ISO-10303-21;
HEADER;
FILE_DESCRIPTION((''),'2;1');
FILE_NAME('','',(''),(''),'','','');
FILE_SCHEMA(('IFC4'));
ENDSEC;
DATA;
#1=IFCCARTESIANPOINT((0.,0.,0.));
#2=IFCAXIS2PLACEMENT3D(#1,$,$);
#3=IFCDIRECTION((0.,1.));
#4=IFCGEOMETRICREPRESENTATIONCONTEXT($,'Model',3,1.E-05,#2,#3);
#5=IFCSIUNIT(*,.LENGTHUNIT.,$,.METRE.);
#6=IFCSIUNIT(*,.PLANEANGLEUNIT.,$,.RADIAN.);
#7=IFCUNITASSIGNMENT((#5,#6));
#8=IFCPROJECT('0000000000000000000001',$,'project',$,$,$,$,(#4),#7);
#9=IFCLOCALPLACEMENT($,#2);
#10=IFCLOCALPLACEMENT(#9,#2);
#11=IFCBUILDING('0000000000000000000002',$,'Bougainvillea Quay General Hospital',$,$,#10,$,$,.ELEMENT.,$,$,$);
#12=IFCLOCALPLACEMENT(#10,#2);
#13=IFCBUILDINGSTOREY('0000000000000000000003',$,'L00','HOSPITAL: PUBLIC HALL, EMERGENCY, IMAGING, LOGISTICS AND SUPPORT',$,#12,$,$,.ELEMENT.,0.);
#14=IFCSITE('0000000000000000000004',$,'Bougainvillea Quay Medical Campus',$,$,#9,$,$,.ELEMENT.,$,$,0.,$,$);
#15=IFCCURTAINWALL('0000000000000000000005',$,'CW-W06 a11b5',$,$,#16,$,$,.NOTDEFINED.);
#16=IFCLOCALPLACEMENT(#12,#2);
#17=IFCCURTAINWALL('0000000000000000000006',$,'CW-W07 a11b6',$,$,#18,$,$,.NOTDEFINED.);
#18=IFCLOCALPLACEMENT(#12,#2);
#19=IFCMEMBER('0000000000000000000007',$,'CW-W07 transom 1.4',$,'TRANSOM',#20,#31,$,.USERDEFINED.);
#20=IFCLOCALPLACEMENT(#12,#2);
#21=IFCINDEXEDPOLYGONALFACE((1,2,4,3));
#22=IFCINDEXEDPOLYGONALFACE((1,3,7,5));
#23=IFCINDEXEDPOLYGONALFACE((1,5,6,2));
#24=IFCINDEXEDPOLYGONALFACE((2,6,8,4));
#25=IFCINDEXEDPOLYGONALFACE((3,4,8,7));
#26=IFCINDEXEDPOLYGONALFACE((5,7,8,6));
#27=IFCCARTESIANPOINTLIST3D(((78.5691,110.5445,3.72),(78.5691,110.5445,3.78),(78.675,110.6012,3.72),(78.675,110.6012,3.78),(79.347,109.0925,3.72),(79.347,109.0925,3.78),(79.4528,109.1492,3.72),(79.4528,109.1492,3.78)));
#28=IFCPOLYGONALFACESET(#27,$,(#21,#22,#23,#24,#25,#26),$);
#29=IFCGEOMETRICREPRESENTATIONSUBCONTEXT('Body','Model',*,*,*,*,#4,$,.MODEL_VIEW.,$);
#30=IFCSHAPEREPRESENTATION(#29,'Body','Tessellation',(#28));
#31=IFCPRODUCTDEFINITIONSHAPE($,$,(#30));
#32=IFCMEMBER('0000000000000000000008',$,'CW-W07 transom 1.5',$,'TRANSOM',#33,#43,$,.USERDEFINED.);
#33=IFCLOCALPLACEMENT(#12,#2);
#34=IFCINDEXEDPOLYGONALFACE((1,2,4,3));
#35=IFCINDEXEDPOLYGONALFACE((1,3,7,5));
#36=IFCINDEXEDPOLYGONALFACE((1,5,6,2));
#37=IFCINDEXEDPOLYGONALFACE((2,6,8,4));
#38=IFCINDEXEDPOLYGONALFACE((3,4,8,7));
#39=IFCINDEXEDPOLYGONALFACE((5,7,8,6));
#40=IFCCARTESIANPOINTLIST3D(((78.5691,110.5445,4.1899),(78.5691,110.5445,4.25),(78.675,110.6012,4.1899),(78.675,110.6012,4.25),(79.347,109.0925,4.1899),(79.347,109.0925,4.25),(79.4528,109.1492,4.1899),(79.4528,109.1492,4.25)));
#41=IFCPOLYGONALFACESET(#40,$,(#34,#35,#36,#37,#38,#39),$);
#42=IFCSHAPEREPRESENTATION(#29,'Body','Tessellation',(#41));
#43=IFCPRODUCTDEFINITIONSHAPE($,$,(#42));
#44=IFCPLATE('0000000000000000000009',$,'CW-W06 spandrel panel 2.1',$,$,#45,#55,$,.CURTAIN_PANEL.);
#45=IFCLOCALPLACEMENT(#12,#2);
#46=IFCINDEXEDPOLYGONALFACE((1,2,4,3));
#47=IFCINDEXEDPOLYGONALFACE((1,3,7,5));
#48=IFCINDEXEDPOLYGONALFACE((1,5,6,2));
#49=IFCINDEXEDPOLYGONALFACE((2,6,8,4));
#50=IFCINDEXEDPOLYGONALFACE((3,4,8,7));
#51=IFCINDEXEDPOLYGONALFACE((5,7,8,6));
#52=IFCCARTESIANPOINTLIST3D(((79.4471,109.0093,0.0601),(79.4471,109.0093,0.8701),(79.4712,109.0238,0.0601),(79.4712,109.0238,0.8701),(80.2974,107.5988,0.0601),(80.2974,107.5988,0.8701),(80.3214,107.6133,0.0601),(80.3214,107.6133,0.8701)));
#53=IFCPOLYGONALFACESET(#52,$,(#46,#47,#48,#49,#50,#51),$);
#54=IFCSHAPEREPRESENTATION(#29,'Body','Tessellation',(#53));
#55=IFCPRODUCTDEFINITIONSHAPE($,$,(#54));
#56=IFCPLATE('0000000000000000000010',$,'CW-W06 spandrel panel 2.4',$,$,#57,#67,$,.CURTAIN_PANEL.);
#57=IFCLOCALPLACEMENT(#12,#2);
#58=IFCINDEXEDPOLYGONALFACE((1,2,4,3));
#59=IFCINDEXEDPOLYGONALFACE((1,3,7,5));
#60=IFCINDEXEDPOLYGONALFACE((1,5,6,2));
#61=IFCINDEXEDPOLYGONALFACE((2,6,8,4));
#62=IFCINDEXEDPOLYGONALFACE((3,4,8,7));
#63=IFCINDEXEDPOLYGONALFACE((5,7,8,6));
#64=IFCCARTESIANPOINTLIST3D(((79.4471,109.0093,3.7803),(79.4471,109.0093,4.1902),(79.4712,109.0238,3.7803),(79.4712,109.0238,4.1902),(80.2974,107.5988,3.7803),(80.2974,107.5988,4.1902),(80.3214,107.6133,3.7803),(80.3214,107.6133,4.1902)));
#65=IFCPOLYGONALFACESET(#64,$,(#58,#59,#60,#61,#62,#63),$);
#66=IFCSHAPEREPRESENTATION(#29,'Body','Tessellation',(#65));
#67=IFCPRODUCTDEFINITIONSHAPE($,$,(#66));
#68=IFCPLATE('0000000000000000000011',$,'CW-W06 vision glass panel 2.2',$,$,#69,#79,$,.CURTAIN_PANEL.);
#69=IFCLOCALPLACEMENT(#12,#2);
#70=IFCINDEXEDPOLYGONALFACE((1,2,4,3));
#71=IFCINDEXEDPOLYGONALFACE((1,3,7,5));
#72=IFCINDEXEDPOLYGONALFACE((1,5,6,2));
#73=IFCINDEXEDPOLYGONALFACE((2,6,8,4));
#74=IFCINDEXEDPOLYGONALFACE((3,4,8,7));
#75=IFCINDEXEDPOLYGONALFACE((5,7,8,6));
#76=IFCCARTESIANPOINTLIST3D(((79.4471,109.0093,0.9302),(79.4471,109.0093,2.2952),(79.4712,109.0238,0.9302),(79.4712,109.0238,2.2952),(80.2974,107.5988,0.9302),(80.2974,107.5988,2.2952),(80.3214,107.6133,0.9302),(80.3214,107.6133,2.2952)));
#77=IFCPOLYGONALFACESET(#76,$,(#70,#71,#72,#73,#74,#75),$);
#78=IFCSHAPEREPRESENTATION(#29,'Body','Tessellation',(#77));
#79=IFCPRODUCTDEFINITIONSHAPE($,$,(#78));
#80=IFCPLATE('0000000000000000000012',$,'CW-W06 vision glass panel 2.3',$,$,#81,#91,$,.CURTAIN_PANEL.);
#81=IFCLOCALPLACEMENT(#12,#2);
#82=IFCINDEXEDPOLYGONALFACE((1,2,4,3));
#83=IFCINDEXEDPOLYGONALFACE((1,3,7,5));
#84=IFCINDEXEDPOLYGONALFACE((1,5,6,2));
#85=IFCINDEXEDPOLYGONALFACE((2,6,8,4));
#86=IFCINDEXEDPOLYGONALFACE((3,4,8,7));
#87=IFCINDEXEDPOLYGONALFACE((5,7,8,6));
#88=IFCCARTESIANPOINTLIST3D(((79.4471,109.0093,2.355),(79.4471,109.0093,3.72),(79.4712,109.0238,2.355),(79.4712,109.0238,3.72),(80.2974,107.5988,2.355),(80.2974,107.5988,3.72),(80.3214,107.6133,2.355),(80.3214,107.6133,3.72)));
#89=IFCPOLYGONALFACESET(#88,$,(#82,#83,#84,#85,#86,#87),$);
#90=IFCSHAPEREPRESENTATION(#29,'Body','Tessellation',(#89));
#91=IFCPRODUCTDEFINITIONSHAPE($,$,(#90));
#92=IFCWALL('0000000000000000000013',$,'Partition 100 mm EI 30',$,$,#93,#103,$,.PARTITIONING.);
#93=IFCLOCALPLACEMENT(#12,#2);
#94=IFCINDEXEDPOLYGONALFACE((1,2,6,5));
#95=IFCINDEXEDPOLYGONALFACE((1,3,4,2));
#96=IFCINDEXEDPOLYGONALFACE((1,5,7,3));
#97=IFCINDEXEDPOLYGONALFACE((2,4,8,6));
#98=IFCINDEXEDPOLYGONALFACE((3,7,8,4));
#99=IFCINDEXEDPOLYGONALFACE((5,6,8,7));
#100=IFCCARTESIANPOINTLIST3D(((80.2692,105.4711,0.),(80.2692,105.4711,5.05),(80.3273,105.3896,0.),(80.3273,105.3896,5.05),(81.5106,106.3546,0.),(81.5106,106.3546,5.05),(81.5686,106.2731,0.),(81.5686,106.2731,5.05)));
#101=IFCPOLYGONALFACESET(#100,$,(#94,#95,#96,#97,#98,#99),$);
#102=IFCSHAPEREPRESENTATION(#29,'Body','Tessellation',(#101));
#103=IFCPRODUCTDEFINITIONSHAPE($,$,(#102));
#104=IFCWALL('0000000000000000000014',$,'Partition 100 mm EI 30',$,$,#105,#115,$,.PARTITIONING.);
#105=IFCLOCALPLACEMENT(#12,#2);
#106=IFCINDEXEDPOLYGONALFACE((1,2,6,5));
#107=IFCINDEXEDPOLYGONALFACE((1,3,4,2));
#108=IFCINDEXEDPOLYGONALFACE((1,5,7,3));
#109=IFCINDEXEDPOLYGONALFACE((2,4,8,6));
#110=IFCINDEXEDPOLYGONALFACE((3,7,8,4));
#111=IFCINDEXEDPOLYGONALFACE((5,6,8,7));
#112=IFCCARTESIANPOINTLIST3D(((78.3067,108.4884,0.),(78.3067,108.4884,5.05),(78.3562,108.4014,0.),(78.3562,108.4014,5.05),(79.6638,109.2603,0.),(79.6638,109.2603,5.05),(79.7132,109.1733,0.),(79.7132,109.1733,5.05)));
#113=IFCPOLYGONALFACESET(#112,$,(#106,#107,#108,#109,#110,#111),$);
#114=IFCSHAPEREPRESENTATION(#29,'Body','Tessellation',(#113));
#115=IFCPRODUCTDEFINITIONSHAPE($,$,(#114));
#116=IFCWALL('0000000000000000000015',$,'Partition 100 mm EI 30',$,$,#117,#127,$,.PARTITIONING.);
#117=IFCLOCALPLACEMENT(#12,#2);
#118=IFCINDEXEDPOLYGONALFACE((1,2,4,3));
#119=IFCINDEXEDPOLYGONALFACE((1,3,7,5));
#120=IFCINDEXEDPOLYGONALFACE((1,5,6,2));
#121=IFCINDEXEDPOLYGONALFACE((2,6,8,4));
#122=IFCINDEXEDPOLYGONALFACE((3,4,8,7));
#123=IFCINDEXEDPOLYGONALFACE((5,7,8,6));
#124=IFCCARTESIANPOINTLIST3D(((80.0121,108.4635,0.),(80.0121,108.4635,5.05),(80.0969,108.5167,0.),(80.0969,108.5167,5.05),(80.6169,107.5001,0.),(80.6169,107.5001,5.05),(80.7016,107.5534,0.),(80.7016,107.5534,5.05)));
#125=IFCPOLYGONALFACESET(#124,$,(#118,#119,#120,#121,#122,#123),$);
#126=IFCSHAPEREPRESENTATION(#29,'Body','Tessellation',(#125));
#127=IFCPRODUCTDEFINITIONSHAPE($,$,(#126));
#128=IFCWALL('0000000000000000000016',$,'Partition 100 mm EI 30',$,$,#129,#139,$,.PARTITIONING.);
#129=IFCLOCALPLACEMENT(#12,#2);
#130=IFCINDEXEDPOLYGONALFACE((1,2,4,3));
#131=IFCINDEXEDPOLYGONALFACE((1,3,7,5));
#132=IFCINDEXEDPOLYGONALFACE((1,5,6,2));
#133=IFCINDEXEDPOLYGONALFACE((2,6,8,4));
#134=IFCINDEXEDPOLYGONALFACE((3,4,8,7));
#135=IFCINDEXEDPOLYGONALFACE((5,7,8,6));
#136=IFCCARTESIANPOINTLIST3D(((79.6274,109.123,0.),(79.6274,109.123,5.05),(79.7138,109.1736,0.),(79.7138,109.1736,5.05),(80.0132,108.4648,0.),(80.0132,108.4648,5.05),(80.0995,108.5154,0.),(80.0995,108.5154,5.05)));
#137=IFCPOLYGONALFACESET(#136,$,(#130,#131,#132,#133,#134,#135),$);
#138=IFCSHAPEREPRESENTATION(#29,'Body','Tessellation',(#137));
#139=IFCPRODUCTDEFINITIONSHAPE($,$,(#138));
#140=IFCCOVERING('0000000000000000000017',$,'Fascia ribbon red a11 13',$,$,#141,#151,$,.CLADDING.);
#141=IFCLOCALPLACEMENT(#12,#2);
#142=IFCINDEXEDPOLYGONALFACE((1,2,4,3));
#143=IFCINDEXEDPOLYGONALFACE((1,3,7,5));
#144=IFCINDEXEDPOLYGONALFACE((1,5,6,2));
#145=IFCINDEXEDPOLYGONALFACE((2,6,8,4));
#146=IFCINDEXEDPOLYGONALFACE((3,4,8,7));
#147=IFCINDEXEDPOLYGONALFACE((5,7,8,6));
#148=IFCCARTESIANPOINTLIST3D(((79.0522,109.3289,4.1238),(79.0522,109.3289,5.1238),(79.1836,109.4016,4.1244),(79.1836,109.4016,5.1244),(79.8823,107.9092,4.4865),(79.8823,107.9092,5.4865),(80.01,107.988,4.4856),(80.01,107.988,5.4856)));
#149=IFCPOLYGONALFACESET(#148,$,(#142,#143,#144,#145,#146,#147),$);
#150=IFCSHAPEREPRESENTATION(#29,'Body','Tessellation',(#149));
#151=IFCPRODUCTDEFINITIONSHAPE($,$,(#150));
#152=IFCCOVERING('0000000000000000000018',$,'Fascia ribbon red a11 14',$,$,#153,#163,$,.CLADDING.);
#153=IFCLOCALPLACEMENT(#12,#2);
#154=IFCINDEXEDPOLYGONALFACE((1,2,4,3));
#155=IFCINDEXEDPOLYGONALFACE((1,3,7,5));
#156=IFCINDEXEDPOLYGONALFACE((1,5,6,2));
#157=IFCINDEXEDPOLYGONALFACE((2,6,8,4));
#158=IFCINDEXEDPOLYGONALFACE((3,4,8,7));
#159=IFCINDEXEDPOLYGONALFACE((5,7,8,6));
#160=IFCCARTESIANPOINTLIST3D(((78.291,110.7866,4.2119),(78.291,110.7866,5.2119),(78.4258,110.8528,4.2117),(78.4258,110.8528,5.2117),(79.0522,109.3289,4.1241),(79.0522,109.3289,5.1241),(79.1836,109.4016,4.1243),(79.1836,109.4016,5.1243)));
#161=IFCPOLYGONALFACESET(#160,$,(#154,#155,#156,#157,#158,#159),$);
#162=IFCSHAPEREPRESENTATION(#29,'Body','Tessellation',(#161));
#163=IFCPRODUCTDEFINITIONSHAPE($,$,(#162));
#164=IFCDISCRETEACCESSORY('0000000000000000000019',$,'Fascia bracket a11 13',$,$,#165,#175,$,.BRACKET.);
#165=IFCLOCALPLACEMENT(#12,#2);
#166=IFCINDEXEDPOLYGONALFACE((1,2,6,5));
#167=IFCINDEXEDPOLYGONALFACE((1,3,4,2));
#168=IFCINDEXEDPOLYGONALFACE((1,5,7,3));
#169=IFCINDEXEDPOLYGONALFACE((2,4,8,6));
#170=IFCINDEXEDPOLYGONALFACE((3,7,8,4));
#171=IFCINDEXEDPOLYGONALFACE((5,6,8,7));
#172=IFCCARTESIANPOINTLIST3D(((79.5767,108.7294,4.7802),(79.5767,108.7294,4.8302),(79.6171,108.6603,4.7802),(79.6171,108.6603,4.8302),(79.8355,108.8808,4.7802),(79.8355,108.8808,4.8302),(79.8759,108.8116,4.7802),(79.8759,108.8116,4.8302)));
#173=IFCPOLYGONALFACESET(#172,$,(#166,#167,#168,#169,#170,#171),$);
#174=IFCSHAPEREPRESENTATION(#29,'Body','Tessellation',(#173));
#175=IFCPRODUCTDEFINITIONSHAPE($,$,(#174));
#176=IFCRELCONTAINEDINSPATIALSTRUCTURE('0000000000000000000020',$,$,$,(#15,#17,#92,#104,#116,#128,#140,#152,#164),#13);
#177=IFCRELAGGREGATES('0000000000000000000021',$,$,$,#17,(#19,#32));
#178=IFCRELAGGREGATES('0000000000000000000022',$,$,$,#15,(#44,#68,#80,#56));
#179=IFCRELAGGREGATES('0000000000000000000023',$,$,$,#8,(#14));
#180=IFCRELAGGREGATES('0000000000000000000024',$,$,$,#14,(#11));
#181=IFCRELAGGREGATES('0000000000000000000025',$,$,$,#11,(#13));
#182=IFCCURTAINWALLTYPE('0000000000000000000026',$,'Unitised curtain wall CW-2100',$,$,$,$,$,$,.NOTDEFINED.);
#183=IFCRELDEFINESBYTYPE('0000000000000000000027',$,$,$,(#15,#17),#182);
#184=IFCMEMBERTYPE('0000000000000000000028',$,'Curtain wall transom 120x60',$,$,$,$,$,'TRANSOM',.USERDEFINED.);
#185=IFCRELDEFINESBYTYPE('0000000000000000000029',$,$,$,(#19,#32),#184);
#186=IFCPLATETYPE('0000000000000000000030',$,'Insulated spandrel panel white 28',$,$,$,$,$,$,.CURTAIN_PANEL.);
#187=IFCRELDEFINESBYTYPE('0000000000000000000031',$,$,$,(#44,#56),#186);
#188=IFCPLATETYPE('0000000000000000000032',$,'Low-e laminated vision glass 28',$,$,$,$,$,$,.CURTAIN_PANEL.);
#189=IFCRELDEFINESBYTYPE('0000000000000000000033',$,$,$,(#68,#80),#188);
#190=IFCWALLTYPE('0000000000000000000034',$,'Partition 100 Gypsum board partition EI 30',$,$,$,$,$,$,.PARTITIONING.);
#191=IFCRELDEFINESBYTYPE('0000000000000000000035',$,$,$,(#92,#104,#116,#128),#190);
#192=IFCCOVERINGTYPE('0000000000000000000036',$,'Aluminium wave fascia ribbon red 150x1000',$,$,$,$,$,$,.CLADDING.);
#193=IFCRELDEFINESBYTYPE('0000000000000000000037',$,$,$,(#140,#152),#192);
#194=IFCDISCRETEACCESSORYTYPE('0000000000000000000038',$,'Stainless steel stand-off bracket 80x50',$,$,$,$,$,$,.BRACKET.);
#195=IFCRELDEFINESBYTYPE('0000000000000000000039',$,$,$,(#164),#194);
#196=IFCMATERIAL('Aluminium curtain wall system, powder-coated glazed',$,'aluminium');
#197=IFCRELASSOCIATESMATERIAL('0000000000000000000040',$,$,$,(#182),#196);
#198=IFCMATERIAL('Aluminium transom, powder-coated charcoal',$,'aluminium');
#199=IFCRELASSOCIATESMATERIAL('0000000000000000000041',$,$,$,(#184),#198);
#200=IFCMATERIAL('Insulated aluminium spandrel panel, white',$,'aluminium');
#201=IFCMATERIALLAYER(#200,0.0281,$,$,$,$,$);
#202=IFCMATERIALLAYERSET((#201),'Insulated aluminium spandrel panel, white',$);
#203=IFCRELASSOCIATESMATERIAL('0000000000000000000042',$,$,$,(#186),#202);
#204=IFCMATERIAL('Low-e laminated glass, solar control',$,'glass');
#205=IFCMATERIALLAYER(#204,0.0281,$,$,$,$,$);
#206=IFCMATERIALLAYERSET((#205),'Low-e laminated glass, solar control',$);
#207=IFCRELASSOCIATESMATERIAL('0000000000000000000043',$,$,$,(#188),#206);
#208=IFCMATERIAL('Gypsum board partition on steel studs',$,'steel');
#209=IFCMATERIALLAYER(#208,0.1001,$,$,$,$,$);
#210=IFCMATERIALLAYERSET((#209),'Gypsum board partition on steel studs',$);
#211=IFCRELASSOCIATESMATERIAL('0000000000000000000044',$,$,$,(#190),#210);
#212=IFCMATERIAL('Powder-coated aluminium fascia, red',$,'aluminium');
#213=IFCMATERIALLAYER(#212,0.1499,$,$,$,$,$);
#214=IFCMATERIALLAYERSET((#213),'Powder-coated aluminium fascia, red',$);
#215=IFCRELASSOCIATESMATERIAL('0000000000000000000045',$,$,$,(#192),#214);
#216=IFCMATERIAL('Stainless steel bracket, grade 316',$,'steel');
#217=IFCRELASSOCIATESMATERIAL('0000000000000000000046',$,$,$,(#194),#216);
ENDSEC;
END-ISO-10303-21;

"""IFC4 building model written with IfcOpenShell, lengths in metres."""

from ifc_helpers import new_model, si_unit, direction, frame, frame_2d, origin, origin_2d, place, context, subcontext, project, spatial, polyline, rectangle, outline, extrude, material, layer, layer_set, material_profile, profile_set, type_object, element, aggregate, save


model = new_model("IFC4")

# Units and contexts
model_context = context("Model", 3, precision=1e-05, world=origin(), true_north=direction((0.0, 1.0)))
body_context = subcontext(model_context, "Body", "Model", "MODEL_VIEW")
ifc_project = project(units=[si_unit("LENGTHUNIT", "METRE"), si_unit("PLANEANGLEUNIT", "RADIAN")], contexts=[model_context])

# Site, building, storey
site_placement = place(None, origin())
site = spatial("IfcSite", under=ifc_project, at=site_placement, Name="Bougainvillea Quay Medical Campus", CompositionType="ELEMENT", RefElevation=0.0)
building_placement = place(site_placement, origin())
building = spatial("IfcBuilding", under=site, at=building_placement, Name="Bougainvillea Quay General Hospital", CompositionType="ELEMENT")
storey_placement = place(building_placement, origin())
storey = spatial("IfcBuildingStorey", under=building, at=storey_placement, Name="L00", Description="HOSPITAL: PUBLIC HALL, EMERGENCY, IMAGING, LOGISTICS AND SUPPORT", CompositionType="ELEMENT", Elevation=0.0)

# Curtain wall
ifc_material_1 = material(Name="Aluminium curtain wall system, powder-coated glazed", Category="aluminium")
curtain_wall_type = type_object("IfcCurtainWallType", Name="Unitised curtain wall CW-2100", PredefinedType="NOTDEFINED", material=ifc_material_1)
curtain_wall_1_placement = place(storey_placement, origin())
curtain_wall_1 = element("IfcCurtainWall", 1, at=curtain_wall_1_placement, inside=storey, type_object=curtain_wall_type, Name="CW-W06 a11b5", PredefinedType="NOTDEFINED")

# Curtain wall, members
curtain_wall_2_placement = place(storey_placement, origin())
curtain_wall_2 = element("IfcCurtainWall", 2, at=curtain_wall_2_placement, inside=storey, type_object=curtain_wall_type, Name="CW-W07 a11b6", PredefinedType="NOTDEFINED")
ifc_material_2 = material(Name="Aluminium transom, powder-coated charcoal", Category="aluminium")
ifc_material_profile_1 = material_profile(ifc_material_2, rectangle(XDim=0.1201, YDim=0.0601, at=origin_2d()))
ifc_profile_set_1 = profile_set([ifc_material_profile_1], Name="Aluminium transom, powder-coated charcoal")
member_type_1 = type_object("IfcMemberType", Name="Curtain wall transom 120x60", ElementType="TRANSOM", PredefinedType="USERDEFINED", material=ifc_profile_set_1)
member_1_placement = place(storey_placement, frame((79.3999, 109.1208, 3.75), z_axis=(-0.472234, 0.881473, 0.0), x_axis=(-0.881473, -0.472234, 0.0)))
member_1 = element("IfcMember", 3, at=member_1_placement, type_object=member_type_1, Name="CW-W07 transom 1.4", ObjectType="TRANSOM", PredefinedType="USERDEFINED", context=body_context, shape_type="SweptSolid", body=[
    extrude(rectangle(XDim=0.1201, YDim=0.0601, at=origin_2d()), origin(), (0.0, 0.0, 1.0), 1.6472),
])
member_2_placement = place(storey_placement, frame((79.3999, 109.1208, 4.22), z_axis=(-0.472234, 0.881473, 0.0), x_axis=(-0.881473, -0.472234, 0.0)))
member_2 = element("IfcMember", 4, at=member_2_placement, type_object=member_type_1, Name="CW-W07 transom 1.5", ObjectType="TRANSOM", PredefinedType="USERDEFINED", context=body_context, shape_type="SweptSolid", body=[
    extrude(rectangle(XDim=0.1201, YDim=0.0601, at=origin_2d()), origin(), (0.0, 0.0, 1.0), 1.6472),
])
aggregate(curtain_wall_2, [member_1, member_2])

# Plates
ifc_material_3 = material(Name="Insulated aluminium spandrel panel, white", Category="aluminium")
ifc_layer_1 = layer(ifc_material_3, 0.0281)
ifc_layer_set_1 = layer_set([ifc_layer_1], Name="Insulated aluminium spandrel panel, white")
plate_type_1 = type_object("IfcPlateType", Name="Insulated spandrel panel white 28", PredefinedType="CURTAIN_PANEL", material=ifc_layer_set_1)
plate_1_placement = place(storey_placement, frame((79.8843, 108.3113, 0.0601), z_axis=(0.0, 0.0, 1.0), x_axis=(-0.516249, 0.856438, 0.0)))
plate_1 = element("IfcPlate", 5, at=plate_1_placement, type_object=plate_type_1, Name="CW-W06 spandrel panel 2.1", PredefinedType="CURTAIN_PANEL", context=body_context, shape_type="SweptSolid", body=[
    extrude(rectangle(XDim=1.647, YDim=0.0281, at=origin_2d()), origin(), (0.0, 0.0, 1.0), 0.8101),
])
plate_2_placement = place(storey_placement, frame((79.8843, 108.3113, 3.7803), z_axis=(0.0, 0.0, 1.0), x_axis=(-0.516249, 0.856438, 0.0)))
plate_2 = element("IfcPlate", 6, at=plate_2_placement, type_object=plate_type_1, Name="CW-W06 spandrel panel 2.4", PredefinedType="CURTAIN_PANEL", context=body_context, shape_type="SweptSolid", body=[
    extrude(rectangle(XDim=1.647, YDim=0.0281, at=origin_2d()), origin(), (0.0, 0.0, 1.0), 0.4099),
])
ifc_material_4 = material(Name="Low-e laminated glass, solar control", Category="glass")
ifc_layer_2 = layer(ifc_material_4, 0.0281)
ifc_layer_set_2 = layer_set([ifc_layer_2], Name="Low-e laminated glass, solar control")
plate_type_2 = type_object("IfcPlateType", Name="Low-e laminated vision glass 28", PredefinedType="CURTAIN_PANEL", material=ifc_layer_set_2)
plate_3_placement = place(storey_placement, frame((79.8843, 108.3113, 0.9302), z_axis=(0.0, 0.0, 1.0), x_axis=(-0.516249, 0.856438, 0.0)))
plate_3 = element("IfcPlate", 7, at=plate_3_placement, type_object=plate_type_2, Name="CW-W06 vision glass panel 2.2", PredefinedType="CURTAIN_PANEL", context=body_context, shape_type="SweptSolid", body=[
    extrude(rectangle(XDim=1.647, YDim=0.0281, at=origin_2d()), origin(), (0.0, 0.0, 1.0), 1.365),
])
plate_4_placement = place(storey_placement, frame((79.8843, 108.3113, 2.355), z_axis=(0.0, 0.0, 1.0), x_axis=(-0.516249, 0.856438, 0.0)))
plate_4 = element("IfcPlate", 8, at=plate_4_placement, type_object=plate_type_2, Name="CW-W06 vision glass panel 2.3", PredefinedType="CURTAIN_PANEL", context=body_context, shape_type="SweptSolid", body=[
    extrude(rectangle(XDim=1.647, YDim=0.0281, at=origin_2d()), origin(), (0.0, 0.0, 1.0), 1.365),
])
aggregate(curtain_wall_1, [plate_1, plate_3, plate_4, plate_2])

# Walls
ifc_material_5 = material(Name="Gypsum board partition on steel studs", Category="steel")
ifc_layer_3 = layer(ifc_material_5, 0.1001)
ifc_layer_set_3 = layer_set([ifc_layer_3], Name="Gypsum board partition on steel studs")
wall_type = type_object("IfcWallType", Name="Partition 100 Gypsum board partition EI 30", PredefinedType="PARTITIONING", material=ifc_layer_set_3)
wall_1_placement = place(storey_placement, frame((80.2983, 105.4304, 0.0), z_axis=(0.0, 0.0, 1.0), x_axis=(0.814728, 0.579843, 0.0)))
element("IfcWall", 9, at=wall_1_placement, inside=storey, type_object=wall_type, Name="Partition 100 mm EI 30", PredefinedType="PARTITIONING", context=body_context, shape_type="SweptSolid", body=[
    extrude(rectangle(XDim=1.5237, YDim=0.1001, at=frame_2d((0.7617, 0.0))), origin(), (0.0, 0.0, 1.0), 5.05),
])
wall_2_placement = place(storey_placement, frame((78.3313, 108.4448, 0.0), z_axis=(0.0, 0.0, 1.0), x_axis=(0.869223, 0.49442, 0.0)))
element("IfcWall", 10, at=wall_2_placement, inside=storey, type_object=wall_type, Name="Partition 100 mm EI 30", PredefinedType="PARTITIONING", context=body_context, shape_type="SweptSolid", body=[
    extrude(rectangle(XDim=1.5613, YDim=0.1001, at=frame_2d((0.7808, 0.0))), origin(), (0.0, 0.0, 1.0), 5.05),
])
wall_3_placement = place(storey_placement, frame((80.0544, 108.4902, 0.0), z_axis=(0.0, 0.0, 1.0), x_axis=(0.531657, -0.84696, 0.0)))
element("IfcWall", 11, at=wall_3_placement, inside=storey, type_object=wall_type, Name="Partition 100 mm EI 30", PredefinedType="PARTITIONING", context=body_context, shape_type="SweptSolid", body=[
    extrude(rectangle(XDim=1.1375, YDim=0.1001, at=frame_2d((0.5688, 0.0))), origin(), (0.0, 0.0, 1.0), 5.05),
])
wall_4_placement = place(storey_placement, frame((79.6707, 109.1482, 0.0), z_axis=(0.0, 0.0, 1.0), x_axis=(0.505621, -0.862756, 0.0)))
element("IfcWall", 12, at=wall_4_placement, inside=storey, type_object=wall_type, Name="Partition 100 mm EI 30", PredefinedType="PARTITIONING", context=body_context, shape_type="SweptSolid", body=[
    extrude(rectangle(XDim=0.7629, YDim=0.1001, at=frame_2d((0.3813, 0.0))), origin(), (0.0, 0.0, 1.0), 5.05),
])

# Coverings
ifc_material_6 = material(Name="Powder-coated aluminium fascia, red", Category="aluminium")
ifc_layer_4 = layer(ifc_material_6, 0.1499)
ifc_layer_set_4 = layer_set([ifc_layer_4], Name="Powder-coated aluminium fascia, red")
covering_type = type_object("IfcCoveringType", Name="Aluminium wave fascia ribbon red 150x1000", PredefinedType="CLADDING", material=ifc_layer_set_4)
covering_1_placement = place(storey_placement, frame((80.01, 107.988, 4.4856), z_axis=(-0.108113, 0.186287, 0.976529), x_axis=(-0.492859, 0.84303, -0.215385)))
element("IfcCovering", 13, at=covering_1_placement, inside=storey, type_object=covering_type, Name="Fascia ribbon red a11 13", PredefinedType="CLADDING", context=body_context, shape_type="SweptSolid", body=[
    extrude(outline(polyline([(0.0, 0.0), (1.6768, 0.0), (1.6803, 0.1501), (-0.0038, 0.15), (0.0, 0.0)])), origin(), (-0.215385, 0.000671, 0.976529), 1.0),
])
covering_2_placement = place(storey_placement, frame((79.1836, 109.4016, 4.1243), z_axis=(0.024683, -0.047285, 0.998576), x_axis=(-0.462233, 0.885153, 0.05334)))
element("IfcCovering", 14, at=covering_2_placement, inside=storey, type_object=covering_type, Name="Fascia ribbon red a11 14", PredefinedType="CLADDING", context=body_context, shape_type="SweptSolid", body=[
    extrude(outline(polyline([(0.0, 0.0), (1.6395, 0.0), (1.6432, 0.1501), (-0.0037, 0.1501), (0.0, 0.0)])), origin(), (0.05334, -0.000008, 0.998576), 1.0),
])

# Discrete accessory
ifc_material_7 = material(Name="Stainless steel bracket, grade 316", Category="steel")
ifc_material_profile_2 = material_profile(ifc_material_7, rectangle(XDim=0.0801, YDim=0.05, at=origin_2d()))
ifc_profile_set_2 = profile_set([ifc_material_profile_2], Name="Stainless steel bracket, grade 316")
discrete_accessory_type = type_object("IfcDiscreteAccessoryType", Name="Stainless steel stand-off bracket 80x50", PredefinedType="BRACKET", material=ifc_profile_set_2)
discrete_accessory_placement = place(storey_placement, frame((79.8557, 108.8462, 4.8052), z_axis=(-0.863188, -0.504883, 0.0), x_axis=(0.504883, -0.863188, 0.0)))
element("IfcDiscreteAccessory", 15, at=discrete_accessory_placement, inside=storey, type_object=discrete_accessory_type, Name="Fascia bracket a11 13", PredefinedType="BRACKET", context=body_context, shape_type="SweptSolid", body=[
    extrude(rectangle(XDim=0.0801, YDim=0.05, at=origin_2d()), origin(), (0.0, 0.0, 1.0), 0.2998),
])

save(model, "model.ifc")
